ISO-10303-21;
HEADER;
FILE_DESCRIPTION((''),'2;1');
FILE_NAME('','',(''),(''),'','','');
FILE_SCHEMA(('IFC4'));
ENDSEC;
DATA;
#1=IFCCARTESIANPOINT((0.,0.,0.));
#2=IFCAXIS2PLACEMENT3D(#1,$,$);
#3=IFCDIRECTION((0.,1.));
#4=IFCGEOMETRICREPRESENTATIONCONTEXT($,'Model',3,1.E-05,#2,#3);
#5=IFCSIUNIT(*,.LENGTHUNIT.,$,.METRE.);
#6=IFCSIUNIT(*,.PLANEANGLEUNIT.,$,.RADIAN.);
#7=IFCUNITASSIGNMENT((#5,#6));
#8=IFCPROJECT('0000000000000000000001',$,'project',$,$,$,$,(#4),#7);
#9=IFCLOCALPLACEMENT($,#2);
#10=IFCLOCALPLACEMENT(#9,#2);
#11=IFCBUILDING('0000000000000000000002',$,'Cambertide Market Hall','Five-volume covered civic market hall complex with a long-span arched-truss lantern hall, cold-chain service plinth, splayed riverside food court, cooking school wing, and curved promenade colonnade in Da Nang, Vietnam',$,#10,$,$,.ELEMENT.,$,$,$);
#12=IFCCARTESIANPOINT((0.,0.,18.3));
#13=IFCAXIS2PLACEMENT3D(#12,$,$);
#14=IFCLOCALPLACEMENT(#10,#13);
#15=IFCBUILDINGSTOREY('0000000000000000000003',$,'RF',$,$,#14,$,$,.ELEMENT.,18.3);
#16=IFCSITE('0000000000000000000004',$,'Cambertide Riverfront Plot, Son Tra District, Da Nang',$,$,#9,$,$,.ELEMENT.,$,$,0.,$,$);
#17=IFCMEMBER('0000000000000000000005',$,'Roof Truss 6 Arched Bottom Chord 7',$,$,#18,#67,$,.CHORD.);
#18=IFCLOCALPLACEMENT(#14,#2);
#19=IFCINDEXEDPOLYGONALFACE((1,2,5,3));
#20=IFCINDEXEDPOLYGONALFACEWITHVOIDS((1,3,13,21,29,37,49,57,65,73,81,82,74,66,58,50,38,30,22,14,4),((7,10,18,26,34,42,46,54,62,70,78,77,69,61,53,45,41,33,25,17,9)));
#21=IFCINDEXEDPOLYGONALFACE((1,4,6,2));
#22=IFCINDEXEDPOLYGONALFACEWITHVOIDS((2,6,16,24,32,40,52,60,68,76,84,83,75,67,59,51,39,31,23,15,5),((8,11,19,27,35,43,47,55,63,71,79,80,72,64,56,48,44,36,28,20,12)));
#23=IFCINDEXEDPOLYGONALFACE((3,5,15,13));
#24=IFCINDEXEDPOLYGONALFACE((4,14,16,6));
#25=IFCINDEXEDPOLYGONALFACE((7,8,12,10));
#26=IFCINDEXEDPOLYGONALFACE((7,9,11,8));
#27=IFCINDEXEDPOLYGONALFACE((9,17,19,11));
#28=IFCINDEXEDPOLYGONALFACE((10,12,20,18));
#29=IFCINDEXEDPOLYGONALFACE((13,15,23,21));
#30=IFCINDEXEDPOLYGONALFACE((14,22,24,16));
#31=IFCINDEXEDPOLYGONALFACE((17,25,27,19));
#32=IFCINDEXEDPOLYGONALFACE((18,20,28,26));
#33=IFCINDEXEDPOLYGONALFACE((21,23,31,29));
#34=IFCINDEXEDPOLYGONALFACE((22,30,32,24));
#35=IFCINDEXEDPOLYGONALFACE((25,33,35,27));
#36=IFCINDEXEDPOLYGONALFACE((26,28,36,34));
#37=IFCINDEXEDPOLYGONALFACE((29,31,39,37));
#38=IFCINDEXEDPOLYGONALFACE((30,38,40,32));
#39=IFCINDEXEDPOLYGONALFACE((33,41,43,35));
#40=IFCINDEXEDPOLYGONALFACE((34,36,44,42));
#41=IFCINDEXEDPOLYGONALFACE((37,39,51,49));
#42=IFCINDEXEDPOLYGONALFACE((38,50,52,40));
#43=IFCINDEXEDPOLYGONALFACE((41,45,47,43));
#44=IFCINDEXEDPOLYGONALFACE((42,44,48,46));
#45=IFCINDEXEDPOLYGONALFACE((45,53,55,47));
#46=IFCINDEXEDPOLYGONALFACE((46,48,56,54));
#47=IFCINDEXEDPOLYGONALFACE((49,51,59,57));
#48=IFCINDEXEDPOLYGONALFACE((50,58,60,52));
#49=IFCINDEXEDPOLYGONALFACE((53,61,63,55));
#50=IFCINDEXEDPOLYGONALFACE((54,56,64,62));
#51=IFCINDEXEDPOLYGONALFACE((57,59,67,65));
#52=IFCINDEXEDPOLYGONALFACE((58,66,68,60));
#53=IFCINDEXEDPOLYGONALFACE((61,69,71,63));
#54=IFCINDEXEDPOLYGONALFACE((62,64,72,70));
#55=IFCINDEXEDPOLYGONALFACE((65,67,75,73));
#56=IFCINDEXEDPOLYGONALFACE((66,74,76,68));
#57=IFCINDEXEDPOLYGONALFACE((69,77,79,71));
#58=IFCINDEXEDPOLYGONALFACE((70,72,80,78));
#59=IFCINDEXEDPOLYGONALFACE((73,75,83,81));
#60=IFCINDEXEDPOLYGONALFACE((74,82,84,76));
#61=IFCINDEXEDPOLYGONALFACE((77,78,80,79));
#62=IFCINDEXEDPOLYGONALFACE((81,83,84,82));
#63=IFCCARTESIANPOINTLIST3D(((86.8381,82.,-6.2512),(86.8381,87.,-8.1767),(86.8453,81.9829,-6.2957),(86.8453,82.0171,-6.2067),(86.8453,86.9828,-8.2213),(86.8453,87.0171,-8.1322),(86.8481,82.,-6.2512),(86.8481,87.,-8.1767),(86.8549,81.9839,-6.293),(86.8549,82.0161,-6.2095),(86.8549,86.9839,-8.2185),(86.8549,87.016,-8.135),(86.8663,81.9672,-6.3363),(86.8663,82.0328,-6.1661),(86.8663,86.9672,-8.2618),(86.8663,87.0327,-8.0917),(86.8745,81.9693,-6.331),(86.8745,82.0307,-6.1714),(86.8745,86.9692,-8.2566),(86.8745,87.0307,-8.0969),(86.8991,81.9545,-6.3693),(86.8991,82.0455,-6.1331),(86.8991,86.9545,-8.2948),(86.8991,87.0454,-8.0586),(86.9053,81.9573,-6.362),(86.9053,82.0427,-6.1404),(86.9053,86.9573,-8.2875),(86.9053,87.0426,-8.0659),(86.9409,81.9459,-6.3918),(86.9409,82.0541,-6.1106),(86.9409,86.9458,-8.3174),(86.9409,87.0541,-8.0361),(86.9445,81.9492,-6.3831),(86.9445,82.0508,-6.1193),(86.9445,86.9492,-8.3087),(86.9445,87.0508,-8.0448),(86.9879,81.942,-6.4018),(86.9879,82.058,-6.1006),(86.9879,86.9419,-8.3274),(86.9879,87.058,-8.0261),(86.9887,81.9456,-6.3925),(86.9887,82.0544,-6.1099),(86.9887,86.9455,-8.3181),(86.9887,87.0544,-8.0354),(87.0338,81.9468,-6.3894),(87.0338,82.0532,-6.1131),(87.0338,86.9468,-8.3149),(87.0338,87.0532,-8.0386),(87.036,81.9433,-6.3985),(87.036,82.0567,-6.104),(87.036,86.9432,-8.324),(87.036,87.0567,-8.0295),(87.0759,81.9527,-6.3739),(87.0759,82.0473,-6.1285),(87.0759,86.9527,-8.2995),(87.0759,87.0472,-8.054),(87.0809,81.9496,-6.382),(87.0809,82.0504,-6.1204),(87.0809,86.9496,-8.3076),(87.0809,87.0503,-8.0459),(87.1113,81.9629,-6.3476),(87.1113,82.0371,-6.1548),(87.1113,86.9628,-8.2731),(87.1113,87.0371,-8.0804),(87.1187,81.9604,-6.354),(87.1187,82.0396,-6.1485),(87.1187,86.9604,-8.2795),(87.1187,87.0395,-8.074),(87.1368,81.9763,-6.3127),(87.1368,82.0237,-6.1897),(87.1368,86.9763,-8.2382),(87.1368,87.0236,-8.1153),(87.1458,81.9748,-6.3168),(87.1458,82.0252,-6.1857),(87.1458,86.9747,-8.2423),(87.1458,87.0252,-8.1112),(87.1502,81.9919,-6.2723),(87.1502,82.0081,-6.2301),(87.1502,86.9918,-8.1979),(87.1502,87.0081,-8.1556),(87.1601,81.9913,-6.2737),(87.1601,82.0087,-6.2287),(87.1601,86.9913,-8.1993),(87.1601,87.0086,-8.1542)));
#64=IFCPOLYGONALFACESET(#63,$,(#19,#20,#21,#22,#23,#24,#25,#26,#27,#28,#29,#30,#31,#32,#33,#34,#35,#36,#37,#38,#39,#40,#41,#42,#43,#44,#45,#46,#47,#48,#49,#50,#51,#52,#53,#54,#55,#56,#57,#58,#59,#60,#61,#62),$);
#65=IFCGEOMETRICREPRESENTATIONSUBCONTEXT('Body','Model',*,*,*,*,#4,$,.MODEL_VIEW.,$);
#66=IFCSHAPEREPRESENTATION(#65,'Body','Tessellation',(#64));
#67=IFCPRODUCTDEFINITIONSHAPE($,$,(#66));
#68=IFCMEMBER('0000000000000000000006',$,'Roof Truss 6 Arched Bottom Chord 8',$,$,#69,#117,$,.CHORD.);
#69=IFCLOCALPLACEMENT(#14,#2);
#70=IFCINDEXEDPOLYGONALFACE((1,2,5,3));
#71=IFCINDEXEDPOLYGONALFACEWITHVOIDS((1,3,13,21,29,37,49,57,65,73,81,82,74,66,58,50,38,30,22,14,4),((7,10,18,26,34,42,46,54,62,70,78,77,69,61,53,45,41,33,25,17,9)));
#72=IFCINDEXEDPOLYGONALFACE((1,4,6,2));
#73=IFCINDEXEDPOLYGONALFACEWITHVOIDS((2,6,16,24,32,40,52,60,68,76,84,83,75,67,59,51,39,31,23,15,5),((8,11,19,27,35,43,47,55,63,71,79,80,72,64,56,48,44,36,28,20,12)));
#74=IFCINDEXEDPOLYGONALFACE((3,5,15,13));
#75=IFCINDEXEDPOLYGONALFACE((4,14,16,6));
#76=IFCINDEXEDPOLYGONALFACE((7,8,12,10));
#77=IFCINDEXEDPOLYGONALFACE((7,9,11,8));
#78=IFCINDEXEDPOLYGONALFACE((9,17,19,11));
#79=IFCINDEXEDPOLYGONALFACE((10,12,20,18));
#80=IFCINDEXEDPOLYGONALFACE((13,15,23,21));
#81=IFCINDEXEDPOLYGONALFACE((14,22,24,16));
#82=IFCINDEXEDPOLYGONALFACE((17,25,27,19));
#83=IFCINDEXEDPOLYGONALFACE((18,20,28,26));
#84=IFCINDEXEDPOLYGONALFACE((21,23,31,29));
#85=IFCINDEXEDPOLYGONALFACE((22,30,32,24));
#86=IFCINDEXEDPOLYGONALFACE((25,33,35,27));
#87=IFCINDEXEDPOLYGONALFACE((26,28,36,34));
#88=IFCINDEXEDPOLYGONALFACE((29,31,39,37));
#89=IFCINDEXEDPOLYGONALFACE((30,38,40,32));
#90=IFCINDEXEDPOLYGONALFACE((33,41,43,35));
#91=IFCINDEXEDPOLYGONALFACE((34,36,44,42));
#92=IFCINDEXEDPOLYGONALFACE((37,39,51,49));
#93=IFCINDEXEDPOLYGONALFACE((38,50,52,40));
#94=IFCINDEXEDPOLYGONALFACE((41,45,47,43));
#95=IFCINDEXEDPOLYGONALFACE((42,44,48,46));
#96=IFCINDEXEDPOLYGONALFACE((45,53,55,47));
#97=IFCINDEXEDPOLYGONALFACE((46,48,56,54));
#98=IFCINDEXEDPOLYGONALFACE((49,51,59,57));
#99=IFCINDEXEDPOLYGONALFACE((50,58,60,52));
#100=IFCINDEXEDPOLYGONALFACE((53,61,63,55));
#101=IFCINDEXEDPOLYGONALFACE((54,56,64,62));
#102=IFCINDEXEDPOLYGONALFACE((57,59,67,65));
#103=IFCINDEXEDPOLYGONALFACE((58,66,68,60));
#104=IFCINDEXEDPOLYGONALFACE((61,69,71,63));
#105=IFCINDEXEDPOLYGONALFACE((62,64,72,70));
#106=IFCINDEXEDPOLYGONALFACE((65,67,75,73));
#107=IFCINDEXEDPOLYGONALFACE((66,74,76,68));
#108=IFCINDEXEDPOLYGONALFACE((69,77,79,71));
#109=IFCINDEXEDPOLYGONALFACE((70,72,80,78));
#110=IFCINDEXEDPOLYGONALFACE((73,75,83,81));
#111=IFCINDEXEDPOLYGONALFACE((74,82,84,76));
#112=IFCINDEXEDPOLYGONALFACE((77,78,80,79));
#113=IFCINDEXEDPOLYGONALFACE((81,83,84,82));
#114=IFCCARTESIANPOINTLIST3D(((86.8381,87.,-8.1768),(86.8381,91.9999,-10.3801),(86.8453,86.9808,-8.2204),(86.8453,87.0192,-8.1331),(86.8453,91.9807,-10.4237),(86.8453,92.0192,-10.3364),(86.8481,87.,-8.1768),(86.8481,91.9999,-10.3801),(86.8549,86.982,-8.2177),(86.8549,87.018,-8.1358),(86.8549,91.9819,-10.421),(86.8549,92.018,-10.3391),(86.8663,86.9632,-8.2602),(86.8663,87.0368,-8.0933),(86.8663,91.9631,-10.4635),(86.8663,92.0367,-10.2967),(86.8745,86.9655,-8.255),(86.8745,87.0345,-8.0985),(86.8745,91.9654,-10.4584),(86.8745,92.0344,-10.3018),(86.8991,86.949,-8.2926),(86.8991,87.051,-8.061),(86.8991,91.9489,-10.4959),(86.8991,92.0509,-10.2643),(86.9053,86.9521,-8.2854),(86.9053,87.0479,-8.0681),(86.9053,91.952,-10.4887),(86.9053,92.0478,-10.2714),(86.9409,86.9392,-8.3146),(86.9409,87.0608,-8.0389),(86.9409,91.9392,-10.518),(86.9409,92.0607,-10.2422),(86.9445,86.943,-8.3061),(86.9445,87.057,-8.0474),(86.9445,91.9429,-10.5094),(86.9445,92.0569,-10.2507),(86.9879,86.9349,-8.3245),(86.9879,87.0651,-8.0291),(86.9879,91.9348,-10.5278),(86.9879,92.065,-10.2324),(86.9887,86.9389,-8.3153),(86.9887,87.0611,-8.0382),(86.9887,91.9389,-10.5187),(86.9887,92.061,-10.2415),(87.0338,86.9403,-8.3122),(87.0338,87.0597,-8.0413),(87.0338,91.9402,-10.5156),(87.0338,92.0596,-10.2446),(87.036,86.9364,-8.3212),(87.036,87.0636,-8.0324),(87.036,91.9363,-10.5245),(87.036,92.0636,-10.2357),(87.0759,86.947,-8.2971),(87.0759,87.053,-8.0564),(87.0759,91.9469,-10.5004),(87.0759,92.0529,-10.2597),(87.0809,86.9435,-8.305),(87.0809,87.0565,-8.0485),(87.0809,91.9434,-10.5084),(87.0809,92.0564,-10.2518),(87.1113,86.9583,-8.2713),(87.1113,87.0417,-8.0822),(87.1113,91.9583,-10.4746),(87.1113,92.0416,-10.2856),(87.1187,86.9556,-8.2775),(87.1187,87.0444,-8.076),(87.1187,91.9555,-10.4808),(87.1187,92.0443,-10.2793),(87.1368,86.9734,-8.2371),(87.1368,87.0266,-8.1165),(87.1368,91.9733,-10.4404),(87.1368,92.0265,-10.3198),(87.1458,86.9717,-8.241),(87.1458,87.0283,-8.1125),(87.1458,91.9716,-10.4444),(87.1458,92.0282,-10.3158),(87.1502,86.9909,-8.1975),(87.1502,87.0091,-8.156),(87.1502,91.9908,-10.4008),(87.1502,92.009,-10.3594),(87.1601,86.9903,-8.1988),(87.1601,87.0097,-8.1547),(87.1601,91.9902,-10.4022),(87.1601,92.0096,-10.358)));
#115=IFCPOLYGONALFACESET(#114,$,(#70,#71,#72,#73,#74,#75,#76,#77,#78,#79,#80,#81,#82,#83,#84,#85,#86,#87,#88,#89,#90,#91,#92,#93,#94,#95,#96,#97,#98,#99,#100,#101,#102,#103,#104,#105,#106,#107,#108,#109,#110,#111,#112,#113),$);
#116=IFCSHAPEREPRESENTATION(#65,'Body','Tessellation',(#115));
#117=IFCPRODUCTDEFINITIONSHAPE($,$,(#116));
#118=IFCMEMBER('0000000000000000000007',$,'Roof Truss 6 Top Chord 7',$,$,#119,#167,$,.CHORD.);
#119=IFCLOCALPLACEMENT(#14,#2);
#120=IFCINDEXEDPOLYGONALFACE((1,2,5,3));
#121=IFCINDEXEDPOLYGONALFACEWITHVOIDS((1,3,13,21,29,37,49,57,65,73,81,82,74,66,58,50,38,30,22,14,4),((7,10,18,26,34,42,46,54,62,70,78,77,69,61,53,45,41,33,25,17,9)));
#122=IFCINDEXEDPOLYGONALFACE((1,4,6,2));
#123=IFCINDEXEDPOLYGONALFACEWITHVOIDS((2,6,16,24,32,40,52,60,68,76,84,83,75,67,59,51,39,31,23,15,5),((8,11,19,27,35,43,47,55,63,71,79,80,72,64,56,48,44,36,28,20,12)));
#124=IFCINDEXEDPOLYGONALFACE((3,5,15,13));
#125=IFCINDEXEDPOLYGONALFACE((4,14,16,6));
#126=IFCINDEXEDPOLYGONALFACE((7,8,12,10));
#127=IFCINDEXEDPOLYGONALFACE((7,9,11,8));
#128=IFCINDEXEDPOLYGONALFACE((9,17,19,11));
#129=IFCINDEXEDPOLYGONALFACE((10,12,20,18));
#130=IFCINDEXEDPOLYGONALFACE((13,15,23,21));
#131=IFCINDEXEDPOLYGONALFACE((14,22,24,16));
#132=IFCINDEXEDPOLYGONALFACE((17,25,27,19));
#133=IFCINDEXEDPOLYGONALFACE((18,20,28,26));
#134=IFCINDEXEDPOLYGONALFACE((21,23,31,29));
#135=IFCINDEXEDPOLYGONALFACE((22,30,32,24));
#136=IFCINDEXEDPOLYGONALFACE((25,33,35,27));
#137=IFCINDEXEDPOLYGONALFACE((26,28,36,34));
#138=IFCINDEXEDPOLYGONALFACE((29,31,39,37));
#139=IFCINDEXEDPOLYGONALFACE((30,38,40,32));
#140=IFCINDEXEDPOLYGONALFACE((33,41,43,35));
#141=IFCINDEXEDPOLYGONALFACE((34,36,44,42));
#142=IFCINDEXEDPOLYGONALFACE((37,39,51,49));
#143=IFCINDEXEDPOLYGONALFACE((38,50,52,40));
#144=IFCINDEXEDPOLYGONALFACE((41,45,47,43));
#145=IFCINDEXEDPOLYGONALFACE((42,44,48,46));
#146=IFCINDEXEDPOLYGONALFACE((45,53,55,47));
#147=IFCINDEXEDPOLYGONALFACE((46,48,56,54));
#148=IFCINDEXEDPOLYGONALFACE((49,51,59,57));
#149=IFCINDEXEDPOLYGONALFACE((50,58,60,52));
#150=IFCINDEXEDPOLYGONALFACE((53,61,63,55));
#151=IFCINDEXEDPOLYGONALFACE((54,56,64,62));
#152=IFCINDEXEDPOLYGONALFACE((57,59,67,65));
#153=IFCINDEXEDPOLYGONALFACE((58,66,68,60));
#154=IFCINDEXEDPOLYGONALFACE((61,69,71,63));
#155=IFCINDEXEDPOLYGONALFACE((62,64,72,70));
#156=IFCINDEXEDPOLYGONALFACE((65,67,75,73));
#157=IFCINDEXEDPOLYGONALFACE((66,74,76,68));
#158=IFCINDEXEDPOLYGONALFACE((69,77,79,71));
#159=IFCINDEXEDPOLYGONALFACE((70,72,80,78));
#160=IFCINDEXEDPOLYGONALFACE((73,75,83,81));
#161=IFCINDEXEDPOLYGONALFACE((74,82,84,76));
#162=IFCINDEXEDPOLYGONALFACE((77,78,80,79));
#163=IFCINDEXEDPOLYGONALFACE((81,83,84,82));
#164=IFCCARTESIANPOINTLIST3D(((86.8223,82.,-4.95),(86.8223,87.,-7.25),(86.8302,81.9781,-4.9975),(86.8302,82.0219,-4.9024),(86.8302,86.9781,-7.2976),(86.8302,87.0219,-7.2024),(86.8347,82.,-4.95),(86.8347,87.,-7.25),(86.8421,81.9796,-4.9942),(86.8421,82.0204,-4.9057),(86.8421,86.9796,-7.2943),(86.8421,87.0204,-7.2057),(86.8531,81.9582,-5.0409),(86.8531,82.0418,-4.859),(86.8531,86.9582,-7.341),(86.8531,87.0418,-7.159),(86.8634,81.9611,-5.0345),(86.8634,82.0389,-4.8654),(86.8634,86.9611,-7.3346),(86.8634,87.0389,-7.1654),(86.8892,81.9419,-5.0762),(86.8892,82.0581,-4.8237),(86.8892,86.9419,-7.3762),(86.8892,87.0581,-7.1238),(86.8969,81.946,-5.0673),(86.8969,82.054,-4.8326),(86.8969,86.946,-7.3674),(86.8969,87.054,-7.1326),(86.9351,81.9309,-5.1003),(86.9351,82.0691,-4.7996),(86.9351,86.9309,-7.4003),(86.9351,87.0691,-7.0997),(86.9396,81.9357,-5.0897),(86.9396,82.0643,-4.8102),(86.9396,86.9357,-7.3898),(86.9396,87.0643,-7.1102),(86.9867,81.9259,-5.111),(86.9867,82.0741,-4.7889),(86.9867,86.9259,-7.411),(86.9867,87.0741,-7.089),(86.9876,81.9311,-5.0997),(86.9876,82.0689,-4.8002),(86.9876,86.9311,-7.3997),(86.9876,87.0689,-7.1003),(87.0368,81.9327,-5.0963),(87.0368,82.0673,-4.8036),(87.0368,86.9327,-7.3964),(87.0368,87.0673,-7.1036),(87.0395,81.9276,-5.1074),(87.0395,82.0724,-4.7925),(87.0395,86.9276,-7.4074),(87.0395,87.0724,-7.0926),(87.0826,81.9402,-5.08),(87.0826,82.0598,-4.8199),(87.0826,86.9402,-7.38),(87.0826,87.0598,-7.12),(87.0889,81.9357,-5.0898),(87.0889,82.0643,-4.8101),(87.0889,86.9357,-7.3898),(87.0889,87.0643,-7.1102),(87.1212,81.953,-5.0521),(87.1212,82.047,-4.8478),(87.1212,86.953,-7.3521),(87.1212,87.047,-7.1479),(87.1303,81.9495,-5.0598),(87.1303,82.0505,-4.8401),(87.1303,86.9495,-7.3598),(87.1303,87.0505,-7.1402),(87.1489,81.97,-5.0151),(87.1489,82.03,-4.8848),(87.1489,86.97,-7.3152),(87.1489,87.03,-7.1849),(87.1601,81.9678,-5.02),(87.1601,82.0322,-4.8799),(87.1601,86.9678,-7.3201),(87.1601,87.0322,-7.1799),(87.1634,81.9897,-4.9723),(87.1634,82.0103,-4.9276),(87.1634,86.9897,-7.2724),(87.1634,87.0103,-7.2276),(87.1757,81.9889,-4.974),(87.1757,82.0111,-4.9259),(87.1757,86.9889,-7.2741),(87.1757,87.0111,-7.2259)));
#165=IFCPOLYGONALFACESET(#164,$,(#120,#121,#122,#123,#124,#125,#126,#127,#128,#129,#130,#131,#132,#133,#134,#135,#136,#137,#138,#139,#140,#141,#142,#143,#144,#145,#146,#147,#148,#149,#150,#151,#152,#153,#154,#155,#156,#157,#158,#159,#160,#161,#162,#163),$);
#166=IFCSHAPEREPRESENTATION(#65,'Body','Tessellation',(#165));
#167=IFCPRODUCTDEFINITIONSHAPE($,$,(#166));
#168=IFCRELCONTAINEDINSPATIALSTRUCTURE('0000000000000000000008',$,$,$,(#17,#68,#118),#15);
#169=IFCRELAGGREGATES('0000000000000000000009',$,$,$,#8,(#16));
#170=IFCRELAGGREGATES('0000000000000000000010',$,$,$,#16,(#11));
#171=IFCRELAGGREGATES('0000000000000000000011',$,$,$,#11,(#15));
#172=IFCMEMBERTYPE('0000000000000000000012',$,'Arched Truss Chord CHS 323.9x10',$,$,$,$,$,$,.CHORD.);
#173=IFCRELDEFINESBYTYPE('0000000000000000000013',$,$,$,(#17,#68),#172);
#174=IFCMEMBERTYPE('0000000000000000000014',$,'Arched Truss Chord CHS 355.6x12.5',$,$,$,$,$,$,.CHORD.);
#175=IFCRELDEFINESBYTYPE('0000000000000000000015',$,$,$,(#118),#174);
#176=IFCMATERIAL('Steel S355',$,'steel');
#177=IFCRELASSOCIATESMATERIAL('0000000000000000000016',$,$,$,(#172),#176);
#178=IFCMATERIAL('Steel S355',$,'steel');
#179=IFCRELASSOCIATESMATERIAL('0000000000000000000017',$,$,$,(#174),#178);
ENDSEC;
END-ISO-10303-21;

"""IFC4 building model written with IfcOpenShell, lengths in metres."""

from ifc_helpers import new_model, si_unit, direction, frame, origin, origin_2d, place, context, subcontext, project, spatial, hollow_circle, extrude, material, material_profile, profile_set, type_object, element, save


model = new_model("IFC4")

# Units and contexts
model_context = context("Model", 3, precision=1e-05, world=origin(), true_north=direction((0.0, 1.0)))
body_context = subcontext(model_context, "Body", "Model", "MODEL_VIEW")
ifc_project = project(units=[si_unit("LENGTHUNIT", "METRE"), si_unit("PLANEANGLEUNIT", "RADIAN")], contexts=[model_context])

# Site, building, storey
site_placement = place(None, origin())
site = spatial("IfcSite", under=ifc_project, at=site_placement, Name="Cambertide Riverfront Plot, Son Tra District, Da Nang", CompositionType="ELEMENT", RefElevation=0.0)
building_placement = place(site_placement, origin())
building = spatial("IfcBuilding", under=site, at=building_placement, Name="Cambertide Market Hall", Description="Five-volume covered civic market hall complex with a long-span arched-truss lantern hall, cold-chain service plinth, splayed riverside food court, cooking school wing, and curved promenade colonnade in Da Nang, Vietnam", CompositionType="ELEMENT")
storey_placement = place(building_placement, frame((0.0, 0.0, 18.3)))
storey = spatial("IfcBuildingStorey", under=building, at=storey_placement, Name="RF", CompositionType="ELEMENT", Elevation=18.3)

# Members
ifc_material_1 = material(Name="Steel S355", Category="steel")
ifc_material_profile_1 = material_profile(ifc_material_1, hollow_circle(Radius=0.1619, WallThickness=0.01, at=origin_2d()), Name="CHS 323.9x10")
ifc_profile_set_1 = profile_set([ifc_material_profile_1], Name="Steel S355")
member_type_1 = type_object("IfcMemberType", Name="Arched Truss Chord CHS 323.9x10", PredefinedType="CHORD", material=ifc_profile_set_1)
member_1_placement = place(storey_placement, frame((87.0, 82.0, -6.2512), z_axis=(0.0, 0.933192, -0.359379), x_axis=(-1.0, 0.0, 0.0)))
element("IfcMember", 1, at=member_1_placement, inside=storey, type_object=member_type_1, Name="Roof Truss 6 Arched Bottom Chord 7", PredefinedType="CHORD", context=body_context, shape_type="SweptSolid", body=[
    extrude(hollow_circle(Radius=0.1619, WallThickness=0.01, at=origin_2d()), origin(), (0.0, 0.0, 1.0), 5.3579),
])
member_2_placement = place(storey_placement, frame((87.0, 87.0, -8.1768), z_axis=(0.0, 0.915088, -0.403255), x_axis=(-1.0, 0.0, 0.0)))
element("IfcMember", 2, at=member_2_placement, inside=storey, type_object=member_type_1, Name="Roof Truss 6 Arched Bottom Chord 8", PredefinedType="CHORD", context=body_context, shape_type="SweptSolid", body=[
    extrude(hollow_circle(Radius=0.1619, WallThickness=0.01, at=origin_2d()), origin(), (0.0, 0.0, 1.0), 5.4639),
])
ifc_material_2 = material(Name="Steel S355", Category="steel")
ifc_material_profile_2 = material_profile(ifc_material_2, hollow_circle(Radius=0.1777, WallThickness=0.0125, at=origin_2d()), Name="CHS 355.6x12.5")
ifc_profile_set_2 = profile_set([ifc_material_profile_2], Name="Steel S355")
member_type_2 = type_object("IfcMemberType", Name="Arched Truss Chord CHS 355.6x12.5", PredefinedType="CHORD", material=ifc_profile_set_2)
member_3_placement = place(storey_placement, frame((87.0, 82.0, -4.95), z_axis=(0.0, 0.908487, -0.417913), x_axis=(-1.0, 0.0, 0.0)))
element("IfcMember", 3, at=member_3_placement, inside=storey, type_object=member_type_2, Name="Roof Truss 6 Top Chord 7", PredefinedType="CHORD", context=body_context, shape_type="SweptSolid", body=[
    extrude(hollow_circle(Radius=0.1777, WallThickness=0.0125, at=origin_2d()), origin(), (0.0, 0.0, 1.0), 5.5037),
])

save(model, "model.ifc")
